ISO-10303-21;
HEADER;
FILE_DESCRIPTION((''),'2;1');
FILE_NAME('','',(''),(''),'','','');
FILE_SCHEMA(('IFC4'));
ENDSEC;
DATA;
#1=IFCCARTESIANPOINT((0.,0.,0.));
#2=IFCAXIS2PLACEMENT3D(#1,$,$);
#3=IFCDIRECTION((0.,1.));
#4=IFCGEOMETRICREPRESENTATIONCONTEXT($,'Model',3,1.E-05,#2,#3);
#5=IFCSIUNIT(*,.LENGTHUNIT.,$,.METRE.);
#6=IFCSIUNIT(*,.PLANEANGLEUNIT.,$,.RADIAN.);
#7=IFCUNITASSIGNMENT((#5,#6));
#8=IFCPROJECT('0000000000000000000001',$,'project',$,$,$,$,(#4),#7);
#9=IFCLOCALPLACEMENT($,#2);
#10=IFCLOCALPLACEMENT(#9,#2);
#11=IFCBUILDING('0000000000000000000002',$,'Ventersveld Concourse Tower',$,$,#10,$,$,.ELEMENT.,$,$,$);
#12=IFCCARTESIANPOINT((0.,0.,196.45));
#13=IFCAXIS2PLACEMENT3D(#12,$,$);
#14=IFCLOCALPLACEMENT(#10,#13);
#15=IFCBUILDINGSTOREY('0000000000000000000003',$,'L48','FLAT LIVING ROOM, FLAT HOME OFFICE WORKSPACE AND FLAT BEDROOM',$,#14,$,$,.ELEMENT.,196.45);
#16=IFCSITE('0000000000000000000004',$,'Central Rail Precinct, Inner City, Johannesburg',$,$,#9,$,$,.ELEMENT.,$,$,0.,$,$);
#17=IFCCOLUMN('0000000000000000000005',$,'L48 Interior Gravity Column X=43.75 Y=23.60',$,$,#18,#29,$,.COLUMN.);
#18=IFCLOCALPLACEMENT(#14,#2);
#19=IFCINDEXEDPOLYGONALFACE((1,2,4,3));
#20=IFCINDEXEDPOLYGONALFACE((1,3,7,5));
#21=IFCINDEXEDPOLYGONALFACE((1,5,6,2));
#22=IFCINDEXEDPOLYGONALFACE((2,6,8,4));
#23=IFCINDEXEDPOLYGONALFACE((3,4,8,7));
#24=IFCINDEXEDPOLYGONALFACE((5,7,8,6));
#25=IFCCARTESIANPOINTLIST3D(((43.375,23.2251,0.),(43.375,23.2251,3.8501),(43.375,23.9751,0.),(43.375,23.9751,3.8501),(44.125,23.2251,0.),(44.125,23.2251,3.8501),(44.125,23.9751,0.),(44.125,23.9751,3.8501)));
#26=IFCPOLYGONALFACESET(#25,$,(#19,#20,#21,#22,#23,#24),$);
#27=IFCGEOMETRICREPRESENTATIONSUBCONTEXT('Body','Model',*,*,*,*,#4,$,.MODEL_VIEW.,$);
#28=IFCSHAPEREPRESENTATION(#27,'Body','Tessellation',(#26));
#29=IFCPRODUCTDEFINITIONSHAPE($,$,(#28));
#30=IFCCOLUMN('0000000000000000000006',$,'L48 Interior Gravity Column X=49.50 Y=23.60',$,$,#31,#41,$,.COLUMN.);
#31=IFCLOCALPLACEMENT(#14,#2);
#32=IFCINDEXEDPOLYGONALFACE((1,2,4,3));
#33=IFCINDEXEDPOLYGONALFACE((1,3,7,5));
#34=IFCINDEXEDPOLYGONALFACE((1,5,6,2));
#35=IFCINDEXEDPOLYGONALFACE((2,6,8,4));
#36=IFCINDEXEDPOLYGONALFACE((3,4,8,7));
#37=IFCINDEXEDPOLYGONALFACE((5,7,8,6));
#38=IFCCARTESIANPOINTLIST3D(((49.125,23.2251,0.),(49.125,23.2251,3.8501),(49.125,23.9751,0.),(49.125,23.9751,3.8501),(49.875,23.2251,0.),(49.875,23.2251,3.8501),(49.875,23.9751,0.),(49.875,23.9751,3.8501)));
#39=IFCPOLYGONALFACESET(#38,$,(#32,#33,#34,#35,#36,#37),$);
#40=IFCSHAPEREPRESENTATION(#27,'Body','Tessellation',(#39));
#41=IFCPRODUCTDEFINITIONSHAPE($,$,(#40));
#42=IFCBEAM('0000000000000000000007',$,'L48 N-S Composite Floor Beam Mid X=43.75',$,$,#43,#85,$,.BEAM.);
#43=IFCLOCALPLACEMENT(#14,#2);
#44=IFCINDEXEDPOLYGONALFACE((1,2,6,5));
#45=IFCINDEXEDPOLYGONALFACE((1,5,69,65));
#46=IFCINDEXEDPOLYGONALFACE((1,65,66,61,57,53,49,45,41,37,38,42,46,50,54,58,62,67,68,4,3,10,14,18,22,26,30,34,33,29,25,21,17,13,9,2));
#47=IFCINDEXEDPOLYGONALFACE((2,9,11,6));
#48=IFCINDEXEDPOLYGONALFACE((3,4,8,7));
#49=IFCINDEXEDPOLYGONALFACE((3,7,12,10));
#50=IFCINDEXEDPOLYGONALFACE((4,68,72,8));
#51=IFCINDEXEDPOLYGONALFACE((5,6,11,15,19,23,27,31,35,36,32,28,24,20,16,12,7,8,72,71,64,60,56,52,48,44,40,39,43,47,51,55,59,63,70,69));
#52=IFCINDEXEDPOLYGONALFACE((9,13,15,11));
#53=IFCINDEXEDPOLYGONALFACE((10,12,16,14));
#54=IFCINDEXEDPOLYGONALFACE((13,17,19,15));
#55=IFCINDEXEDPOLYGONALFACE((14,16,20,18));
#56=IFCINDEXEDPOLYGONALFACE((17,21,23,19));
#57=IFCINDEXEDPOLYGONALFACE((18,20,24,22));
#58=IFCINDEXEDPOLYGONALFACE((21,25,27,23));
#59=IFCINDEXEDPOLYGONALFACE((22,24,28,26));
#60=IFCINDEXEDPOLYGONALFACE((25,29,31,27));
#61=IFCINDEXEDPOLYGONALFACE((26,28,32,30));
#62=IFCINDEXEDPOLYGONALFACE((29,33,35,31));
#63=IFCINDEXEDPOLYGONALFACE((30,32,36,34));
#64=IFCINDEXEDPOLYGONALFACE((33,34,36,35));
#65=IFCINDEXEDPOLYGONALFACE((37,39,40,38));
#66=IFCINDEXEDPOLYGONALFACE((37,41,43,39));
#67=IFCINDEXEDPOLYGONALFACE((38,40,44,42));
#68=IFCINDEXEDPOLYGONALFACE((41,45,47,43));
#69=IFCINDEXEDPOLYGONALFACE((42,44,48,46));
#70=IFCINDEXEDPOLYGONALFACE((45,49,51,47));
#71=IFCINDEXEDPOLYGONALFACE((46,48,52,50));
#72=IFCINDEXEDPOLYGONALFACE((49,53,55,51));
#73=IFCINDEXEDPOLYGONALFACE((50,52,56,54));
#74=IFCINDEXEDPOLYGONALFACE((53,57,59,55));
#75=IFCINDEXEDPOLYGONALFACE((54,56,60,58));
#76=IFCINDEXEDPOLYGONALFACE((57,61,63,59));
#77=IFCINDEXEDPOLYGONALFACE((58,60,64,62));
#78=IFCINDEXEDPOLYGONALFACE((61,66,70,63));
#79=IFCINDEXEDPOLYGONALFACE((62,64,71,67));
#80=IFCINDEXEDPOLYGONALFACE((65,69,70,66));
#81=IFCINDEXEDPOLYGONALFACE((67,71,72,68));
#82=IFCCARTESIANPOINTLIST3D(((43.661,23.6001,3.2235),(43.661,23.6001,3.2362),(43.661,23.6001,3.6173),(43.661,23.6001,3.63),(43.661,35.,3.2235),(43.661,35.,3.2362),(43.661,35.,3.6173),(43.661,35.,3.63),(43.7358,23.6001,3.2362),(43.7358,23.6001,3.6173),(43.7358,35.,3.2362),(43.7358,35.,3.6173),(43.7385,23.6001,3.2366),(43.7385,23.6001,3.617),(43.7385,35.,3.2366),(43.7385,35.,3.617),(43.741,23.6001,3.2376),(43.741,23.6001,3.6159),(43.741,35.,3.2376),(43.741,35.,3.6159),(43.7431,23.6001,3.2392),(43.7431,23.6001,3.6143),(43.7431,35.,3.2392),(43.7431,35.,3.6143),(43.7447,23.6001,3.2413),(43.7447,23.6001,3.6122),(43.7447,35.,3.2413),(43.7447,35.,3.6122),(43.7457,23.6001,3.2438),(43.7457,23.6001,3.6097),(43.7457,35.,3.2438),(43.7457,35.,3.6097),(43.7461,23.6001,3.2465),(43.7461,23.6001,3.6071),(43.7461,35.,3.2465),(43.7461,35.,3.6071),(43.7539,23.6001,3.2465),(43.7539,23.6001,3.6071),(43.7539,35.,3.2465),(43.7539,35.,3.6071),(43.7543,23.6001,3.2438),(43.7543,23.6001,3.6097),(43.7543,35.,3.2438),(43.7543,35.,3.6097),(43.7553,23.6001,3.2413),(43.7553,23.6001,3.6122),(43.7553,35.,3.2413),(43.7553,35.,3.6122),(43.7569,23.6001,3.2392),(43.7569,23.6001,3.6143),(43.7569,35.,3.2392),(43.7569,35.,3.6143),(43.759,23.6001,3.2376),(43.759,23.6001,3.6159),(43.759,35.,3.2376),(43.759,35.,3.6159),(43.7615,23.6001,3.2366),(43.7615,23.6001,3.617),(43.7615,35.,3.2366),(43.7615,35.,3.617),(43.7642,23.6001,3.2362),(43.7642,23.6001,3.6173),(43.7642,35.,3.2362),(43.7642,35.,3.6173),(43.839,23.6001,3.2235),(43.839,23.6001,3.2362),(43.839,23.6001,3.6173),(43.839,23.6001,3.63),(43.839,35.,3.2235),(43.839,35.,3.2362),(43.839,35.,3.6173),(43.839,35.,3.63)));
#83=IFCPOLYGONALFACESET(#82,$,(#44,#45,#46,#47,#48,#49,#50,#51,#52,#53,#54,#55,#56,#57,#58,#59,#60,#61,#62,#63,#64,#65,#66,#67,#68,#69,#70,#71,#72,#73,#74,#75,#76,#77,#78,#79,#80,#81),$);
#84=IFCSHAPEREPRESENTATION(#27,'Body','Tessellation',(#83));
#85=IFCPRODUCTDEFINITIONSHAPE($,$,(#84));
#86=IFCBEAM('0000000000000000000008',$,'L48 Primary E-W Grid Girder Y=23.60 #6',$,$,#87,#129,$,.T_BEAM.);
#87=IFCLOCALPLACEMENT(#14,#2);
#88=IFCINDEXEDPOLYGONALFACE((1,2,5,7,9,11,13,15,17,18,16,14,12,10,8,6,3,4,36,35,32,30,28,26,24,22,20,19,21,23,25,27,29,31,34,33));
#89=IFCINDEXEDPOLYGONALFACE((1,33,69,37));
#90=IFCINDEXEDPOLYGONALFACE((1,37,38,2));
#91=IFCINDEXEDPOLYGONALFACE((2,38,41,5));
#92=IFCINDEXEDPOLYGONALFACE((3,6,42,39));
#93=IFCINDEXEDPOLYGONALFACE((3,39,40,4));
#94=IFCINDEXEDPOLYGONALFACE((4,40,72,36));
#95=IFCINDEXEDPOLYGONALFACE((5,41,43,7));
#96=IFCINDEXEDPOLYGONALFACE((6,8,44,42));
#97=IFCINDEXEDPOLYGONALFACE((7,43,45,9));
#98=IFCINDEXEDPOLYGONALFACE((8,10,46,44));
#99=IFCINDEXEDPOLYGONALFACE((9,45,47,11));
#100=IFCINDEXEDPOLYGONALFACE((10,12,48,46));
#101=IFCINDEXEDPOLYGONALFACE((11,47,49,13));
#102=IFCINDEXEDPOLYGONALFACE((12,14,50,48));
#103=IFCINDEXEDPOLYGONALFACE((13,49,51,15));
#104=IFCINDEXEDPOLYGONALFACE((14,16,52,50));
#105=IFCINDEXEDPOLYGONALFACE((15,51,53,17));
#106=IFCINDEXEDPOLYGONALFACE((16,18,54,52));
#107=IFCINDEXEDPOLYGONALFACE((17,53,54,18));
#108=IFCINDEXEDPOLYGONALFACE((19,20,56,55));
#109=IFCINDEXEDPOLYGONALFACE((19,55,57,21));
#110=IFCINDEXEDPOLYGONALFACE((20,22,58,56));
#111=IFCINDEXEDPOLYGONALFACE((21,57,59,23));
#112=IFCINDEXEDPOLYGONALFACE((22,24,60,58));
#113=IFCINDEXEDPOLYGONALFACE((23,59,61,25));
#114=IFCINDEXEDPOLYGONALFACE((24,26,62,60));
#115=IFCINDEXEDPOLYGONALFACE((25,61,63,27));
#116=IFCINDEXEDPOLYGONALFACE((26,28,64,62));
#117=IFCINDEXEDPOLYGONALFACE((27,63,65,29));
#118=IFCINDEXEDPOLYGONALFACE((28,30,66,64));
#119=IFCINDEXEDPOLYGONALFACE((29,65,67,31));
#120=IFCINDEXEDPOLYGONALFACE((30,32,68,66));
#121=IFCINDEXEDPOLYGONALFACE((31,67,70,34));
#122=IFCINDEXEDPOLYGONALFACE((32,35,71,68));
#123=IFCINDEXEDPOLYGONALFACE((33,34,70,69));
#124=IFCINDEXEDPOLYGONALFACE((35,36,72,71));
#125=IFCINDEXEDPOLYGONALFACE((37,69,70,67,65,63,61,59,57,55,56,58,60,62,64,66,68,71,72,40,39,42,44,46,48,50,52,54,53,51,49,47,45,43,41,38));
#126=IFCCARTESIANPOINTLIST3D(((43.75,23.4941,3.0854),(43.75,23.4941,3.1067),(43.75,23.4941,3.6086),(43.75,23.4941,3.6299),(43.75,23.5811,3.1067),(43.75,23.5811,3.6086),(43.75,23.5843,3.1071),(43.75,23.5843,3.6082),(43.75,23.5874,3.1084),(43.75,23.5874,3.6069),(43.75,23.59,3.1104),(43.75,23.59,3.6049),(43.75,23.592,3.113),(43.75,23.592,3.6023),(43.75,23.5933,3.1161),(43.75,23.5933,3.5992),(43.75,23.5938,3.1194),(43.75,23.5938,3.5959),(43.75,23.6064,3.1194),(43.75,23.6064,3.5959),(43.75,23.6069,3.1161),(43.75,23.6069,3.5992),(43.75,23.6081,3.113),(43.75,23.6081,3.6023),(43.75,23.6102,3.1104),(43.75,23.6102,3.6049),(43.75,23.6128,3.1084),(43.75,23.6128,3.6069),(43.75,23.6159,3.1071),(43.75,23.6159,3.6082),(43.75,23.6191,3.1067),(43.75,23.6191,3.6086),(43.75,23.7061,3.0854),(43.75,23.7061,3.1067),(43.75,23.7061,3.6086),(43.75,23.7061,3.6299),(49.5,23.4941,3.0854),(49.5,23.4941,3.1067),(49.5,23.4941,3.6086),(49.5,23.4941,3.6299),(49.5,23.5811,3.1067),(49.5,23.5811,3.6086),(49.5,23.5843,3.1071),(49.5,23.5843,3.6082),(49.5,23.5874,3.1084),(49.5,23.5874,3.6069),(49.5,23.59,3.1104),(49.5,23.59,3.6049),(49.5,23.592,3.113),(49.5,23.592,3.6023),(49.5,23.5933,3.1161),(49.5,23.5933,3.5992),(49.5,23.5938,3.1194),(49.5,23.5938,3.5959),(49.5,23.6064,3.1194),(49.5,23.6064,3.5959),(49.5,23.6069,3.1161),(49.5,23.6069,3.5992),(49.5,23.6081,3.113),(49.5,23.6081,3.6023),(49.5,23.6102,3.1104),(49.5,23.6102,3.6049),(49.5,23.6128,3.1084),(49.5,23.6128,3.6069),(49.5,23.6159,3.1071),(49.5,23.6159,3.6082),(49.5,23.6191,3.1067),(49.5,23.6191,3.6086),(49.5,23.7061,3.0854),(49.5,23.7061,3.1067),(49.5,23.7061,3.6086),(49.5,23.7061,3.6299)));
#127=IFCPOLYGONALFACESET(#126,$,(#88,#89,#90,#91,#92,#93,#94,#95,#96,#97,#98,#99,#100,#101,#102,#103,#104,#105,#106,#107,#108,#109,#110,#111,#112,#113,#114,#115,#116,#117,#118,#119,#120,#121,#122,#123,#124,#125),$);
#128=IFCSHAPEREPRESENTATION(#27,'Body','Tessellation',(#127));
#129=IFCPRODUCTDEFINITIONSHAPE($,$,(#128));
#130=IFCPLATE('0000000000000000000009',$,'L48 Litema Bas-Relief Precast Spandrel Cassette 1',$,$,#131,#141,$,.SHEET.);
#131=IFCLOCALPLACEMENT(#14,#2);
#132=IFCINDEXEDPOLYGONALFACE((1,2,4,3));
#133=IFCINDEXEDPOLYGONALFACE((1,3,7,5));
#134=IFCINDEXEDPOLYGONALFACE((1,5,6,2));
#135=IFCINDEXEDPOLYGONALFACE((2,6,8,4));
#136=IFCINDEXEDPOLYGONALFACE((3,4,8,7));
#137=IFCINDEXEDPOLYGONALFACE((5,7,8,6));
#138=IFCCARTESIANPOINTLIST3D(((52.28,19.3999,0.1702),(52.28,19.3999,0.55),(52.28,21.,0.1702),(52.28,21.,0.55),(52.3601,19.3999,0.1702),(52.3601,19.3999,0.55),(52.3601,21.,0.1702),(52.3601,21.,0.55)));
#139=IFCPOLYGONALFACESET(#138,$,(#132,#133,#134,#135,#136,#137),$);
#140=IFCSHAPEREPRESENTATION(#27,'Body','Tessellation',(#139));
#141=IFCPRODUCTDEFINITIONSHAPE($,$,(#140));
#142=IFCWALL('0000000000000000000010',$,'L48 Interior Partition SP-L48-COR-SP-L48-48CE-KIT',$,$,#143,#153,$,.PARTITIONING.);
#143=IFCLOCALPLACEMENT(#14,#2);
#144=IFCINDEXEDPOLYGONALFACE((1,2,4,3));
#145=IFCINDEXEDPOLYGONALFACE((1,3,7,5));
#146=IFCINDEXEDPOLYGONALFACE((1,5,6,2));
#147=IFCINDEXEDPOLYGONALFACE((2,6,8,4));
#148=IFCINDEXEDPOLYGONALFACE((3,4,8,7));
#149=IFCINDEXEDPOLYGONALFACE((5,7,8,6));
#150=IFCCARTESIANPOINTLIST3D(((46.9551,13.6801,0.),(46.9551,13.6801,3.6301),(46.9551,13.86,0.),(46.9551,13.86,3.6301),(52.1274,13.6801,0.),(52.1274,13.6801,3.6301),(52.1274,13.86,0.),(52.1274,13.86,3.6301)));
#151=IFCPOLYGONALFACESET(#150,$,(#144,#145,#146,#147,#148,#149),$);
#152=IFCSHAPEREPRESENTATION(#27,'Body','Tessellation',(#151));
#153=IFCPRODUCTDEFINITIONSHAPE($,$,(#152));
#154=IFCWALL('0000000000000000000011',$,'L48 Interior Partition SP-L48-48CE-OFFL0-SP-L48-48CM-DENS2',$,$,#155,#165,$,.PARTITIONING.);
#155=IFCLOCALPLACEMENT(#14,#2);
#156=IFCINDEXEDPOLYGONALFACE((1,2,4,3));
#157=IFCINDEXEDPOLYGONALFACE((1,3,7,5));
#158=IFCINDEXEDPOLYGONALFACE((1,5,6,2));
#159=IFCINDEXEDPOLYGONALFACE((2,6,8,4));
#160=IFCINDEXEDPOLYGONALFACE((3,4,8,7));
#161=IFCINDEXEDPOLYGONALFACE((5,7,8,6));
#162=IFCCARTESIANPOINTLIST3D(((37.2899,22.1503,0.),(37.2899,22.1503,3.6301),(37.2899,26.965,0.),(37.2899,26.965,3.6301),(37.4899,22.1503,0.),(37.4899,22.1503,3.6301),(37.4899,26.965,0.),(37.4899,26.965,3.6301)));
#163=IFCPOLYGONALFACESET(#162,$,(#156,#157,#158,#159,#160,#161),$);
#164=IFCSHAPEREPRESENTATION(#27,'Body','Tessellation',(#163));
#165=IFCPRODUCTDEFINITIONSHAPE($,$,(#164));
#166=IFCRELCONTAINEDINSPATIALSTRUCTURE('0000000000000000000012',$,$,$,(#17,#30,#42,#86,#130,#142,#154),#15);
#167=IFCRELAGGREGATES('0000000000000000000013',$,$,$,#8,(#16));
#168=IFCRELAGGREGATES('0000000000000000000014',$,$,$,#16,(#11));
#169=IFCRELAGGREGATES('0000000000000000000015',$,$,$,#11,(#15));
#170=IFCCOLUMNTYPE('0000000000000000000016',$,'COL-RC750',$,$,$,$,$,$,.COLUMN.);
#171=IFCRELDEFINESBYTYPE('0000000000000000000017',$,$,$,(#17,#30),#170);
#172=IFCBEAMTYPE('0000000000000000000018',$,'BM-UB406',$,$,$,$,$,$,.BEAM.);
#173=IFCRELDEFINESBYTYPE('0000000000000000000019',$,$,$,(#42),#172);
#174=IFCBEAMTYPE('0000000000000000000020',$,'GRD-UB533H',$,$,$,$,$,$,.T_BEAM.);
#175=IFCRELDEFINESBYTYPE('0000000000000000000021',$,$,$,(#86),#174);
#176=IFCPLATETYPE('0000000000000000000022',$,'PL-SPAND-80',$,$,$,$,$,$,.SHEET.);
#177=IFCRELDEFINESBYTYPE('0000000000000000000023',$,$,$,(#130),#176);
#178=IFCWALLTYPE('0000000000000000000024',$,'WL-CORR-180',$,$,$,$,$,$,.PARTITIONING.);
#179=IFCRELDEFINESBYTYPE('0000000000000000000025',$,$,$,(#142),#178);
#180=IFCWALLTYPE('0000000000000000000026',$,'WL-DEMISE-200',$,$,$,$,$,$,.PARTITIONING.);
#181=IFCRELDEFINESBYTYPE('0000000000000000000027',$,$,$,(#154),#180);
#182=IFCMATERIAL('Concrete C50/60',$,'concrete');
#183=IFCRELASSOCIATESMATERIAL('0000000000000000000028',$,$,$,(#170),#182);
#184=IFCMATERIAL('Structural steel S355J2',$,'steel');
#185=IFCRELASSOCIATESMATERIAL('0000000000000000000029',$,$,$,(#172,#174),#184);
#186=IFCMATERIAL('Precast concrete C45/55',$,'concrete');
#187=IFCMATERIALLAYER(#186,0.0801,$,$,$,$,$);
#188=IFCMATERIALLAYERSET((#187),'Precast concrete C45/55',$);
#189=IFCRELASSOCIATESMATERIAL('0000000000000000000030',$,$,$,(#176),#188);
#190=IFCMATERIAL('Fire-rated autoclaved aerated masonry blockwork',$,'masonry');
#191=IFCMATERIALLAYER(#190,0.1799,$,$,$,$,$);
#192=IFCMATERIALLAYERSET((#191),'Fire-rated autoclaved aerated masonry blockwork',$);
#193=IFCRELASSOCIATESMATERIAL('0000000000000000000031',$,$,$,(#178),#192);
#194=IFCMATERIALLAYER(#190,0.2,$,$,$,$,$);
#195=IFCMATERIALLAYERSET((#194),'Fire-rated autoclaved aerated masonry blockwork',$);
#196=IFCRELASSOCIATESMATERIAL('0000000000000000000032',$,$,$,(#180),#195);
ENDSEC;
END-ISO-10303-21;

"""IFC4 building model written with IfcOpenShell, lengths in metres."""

from ifc_helpers import new_model, si_unit, direction, frame, frame_2d, origin, origin_2d, place, context, subcontext, project, spatial, rectangle, i_section, extrude, material, layer, layer_set, material_profile, profile_set, type_object, element, save


model = new_model("IFC4")

# Units and contexts
model_context = context("Model", 3, precision=1e-05, world=origin(), true_north=direction((0.0, 1.0)))
body_context = subcontext(model_context, "Body", "Model", "MODEL_VIEW")
ifc_project = project(units=[si_unit("LENGTHUNIT", "METRE"), si_unit("PLANEANGLEUNIT", "RADIAN")], contexts=[model_context])

# Site, building, storey
site_placement = place(None, origin())
site = spatial("IfcSite", under=ifc_project, at=site_placement, Name="Central Rail Precinct, Inner City, Johannesburg", CompositionType="ELEMENT", RefElevation=0.0)
building_placement = place(site_placement, origin())
building = spatial("IfcBuilding", under=site, at=building_placement, Name="Ventersveld Concourse Tower", CompositionType="ELEMENT")
storey_placement = place(building_placement, frame((0.0, 0.0, 196.45)))
storey = spatial("IfcBuildingStorey", under=building, at=storey_placement, Name="L48", Description="FLAT LIVING ROOM, FLAT HOME OFFICE WORKSPACE AND FLAT BEDROOM", CompositionType="ELEMENT", Elevation=196.45)

# Columns
ifc_material_1 = material(Name="Concrete C50/60", Category="concrete")
ifc_material_profile_1 = material_profile(ifc_material_1, rectangle(XDim=0.75, YDim=0.75, at=origin_2d()), Name="RC 750x750")
ifc_profile_set_1 = profile_set([ifc_material_profile_1], Name="Concrete C50/60")
column_type = type_object("IfcColumnType", Name="COL-RC750", PredefinedType="COLUMN", material=ifc_profile_set_1)
for number, where, z_axis, x_axis, name in (
    (1, (43.75, 23.6001, 0.0), (0.0, 0.0, 1.0), (1.0, 0.0, 0.0), "L48 Interior Gravity Column X=43.75 Y=23.60"),
    (2, (49.5, 23.6001, 0.0), (0.0, 0.0, 1.0), (1.0, 0.0, 0.0), "L48 Interior Gravity Column X=49.50 Y=23.60"),
):
    element("IfcColumn", number, at=place(storey_placement, frame(where, z_axis=z_axis, x_axis=x_axis)), inside=storey, type_object=column_type, Name=name, PredefinedType="COLUMN", context=body_context, shape_type="SweptSolid", body=[
        extrude(rectangle(XDim=0.75, YDim=0.75, at=origin_2d()), origin(), (0.0, 0.0, 1.0), 3.8501),
    ])

# Beams
ifc_material_2 = material(Name="Structural steel S355J2", Category="steel")
ifc_material_profile_2 = material_profile(ifc_material_2, i_section(OverallWidth=0.178, OverallDepth=0.4065, WebThickness=0.0078, FlangeThickness=0.0127, FilletRadius=0.0103, at=origin_2d()), Name="UB 406x178x60")
ifc_profile_set_2 = profile_set([ifc_material_profile_2], Name="Structural steel S355J2")
beam_type_1 = type_object("IfcBeamType", Name="BM-UB406", PredefinedType="BEAM", material=ifc_profile_set_2)
beam_1_placement = place(storey_placement, frame((43.75, 23.6001, 3.4268), z_axis=(0.0, 1.0, 0.0), x_axis=(-1.0, 0.0, 0.0)))
element("IfcBeam", 3, at=beam_1_placement, inside=storey, type_object=beam_type_1, Name="L48 N-S Composite Floor Beam Mid X=43.75", PredefinedType="BEAM", context=body_context, shape_type="SweptSolid", body=[
    extrude(i_section(OverallWidth=0.178, OverallDepth=0.4065, WebThickness=0.0078, FlangeThickness=0.0127, FilletRadius=0.0103, at=origin_2d()), origin(), (0.0, 0.0, 1.0), 11.3999),
])
ifc_material_profile_3 = material_profile(ifc_material_2, i_section(OverallWidth=0.2119, OverallDepth=0.5444, WebThickness=0.0127, FlangeThickness=0.0212, FilletRadius=0.0127, at=origin_2d()), Name="UB 533x210x122")
ifc_profile_set_3 = profile_set([ifc_material_profile_3], Name="Structural steel S355J2")
beam_type_2 = type_object("IfcBeamType", Name="GRD-UB533H", PredefinedType="T_BEAM", material=ifc_profile_set_3)
beam_2_placement = place(storey_placement, frame((43.75, 23.6001, 3.3577), z_axis=(1.0, 0.0, 0.0), x_axis=(0.0, 1.0, 0.0)))
element("IfcBeam", 4, at=beam_2_placement, inside=storey, type_object=beam_type_2, Name="L48 Primary E-W Grid Girder Y=23.60 #6", PredefinedType="T_BEAM", context=body_context, shape_type="SweptSolid", body=[
    extrude(i_section(OverallWidth=0.2119, OverallDepth=0.5444, WebThickness=0.0127, FlangeThickness=0.0212, FilletRadius=0.0127, at=origin_2d()), origin(), (0.0, 0.0, 1.0), 5.75),
])

# Plate
ifc_material_3 = material(Name="Precast concrete C45/55", Category="concrete")
ifc_layer_1 = layer(ifc_material_3, 0.0801)
ifc_layer_set_1 = layer_set([ifc_layer_1], Name="Precast concrete C45/55")
plate_type = type_object("IfcPlateType", Name="PL-SPAND-80", PredefinedType="SHEET", material=ifc_layer_set_1)
plate_placement = place(storey_placement, frame((52.3201, 20.2, 0.1702), z_axis=(0.0, 0.0, 1.0), x_axis=(0.0, 1.0, 0.0)))
element("IfcPlate", 5, at=plate_placement, inside=storey, type_object=plate_type, Name="L48 Litema Bas-Relief Precast Spandrel Cassette 1", PredefinedType="SHEET", context=body_context, shape_type="SweptSolid", body=[
    extrude(rectangle(XDim=1.6001, YDim=0.0801, at=origin_2d()), origin(), (0.0, 0.0, 1.0), 0.3799),
])

# Shared definitions
ifc_material_4 = material(Name="Fire-rated autoclaved aerated masonry blockwork", Category="masonry")
ifc_layer_2 = layer(ifc_material_4, 0.1799)
ifc_layer_set_2 = layer_set([ifc_layer_2], Name="Fire-rated autoclaved aerated masonry blockwork")
wall_type_1 = type_object("IfcWallType", Name="WL-CORR-180", PredefinedType="PARTITIONING", material=ifc_layer_set_2)

# Walls
wall_1_placement = place(storey_placement, frame((46.9551, 13.77, 0.0), z_axis=(0.0, 0.0, 1.0), x_axis=(1.0, 0.0, 0.0)))
element("IfcWall", 6, at=wall_1_placement, inside=storey, type_object=wall_type_1, Name="L48 Interior Partition SP-L48-COR-SP-L48-48CE-KIT", PredefinedType="PARTITIONING", context=body_context, shape_type="SweptSolid", body=[
    extrude(rectangle(XDim=5.1724, YDim=0.1799, at=frame_2d((2.5862, 0.0))), origin(), (0.0, 0.0, 1.0), 3.6301),
])
ifc_layer_3 = layer(ifc_material_4, 0.2)
ifc_layer_set_3 = layer_set([ifc_layer_3], Name="Fire-rated autoclaved aerated masonry blockwork")
wall_type_2 = type_object("IfcWallType", Name="WL-DEMISE-200", PredefinedType="PARTITIONING", material=ifc_layer_set_3)
wall_2_placement = place(storey_placement, frame((37.3899, 22.1504, 0.0), z_axis=(0.0, 0.0, 1.0), x_axis=(0.0, 1.0, 0.0)))
element("IfcWall", 7, at=wall_2_placement, inside=storey, type_object=wall_type_2, Name="L48 Interior Partition SP-L48-48CE-OFFL0-SP-L48-48CM-DENS2", PredefinedType="PARTITIONING", context=body_context, shape_type="SweptSolid", body=[
    extrude(rectangle(XDim=4.8147, YDim=0.2, at=frame_2d((2.4072, 0.0))), origin(), (0.0, 0.0, 1.0), 3.6301),
])

save(model, "model.ifc")
